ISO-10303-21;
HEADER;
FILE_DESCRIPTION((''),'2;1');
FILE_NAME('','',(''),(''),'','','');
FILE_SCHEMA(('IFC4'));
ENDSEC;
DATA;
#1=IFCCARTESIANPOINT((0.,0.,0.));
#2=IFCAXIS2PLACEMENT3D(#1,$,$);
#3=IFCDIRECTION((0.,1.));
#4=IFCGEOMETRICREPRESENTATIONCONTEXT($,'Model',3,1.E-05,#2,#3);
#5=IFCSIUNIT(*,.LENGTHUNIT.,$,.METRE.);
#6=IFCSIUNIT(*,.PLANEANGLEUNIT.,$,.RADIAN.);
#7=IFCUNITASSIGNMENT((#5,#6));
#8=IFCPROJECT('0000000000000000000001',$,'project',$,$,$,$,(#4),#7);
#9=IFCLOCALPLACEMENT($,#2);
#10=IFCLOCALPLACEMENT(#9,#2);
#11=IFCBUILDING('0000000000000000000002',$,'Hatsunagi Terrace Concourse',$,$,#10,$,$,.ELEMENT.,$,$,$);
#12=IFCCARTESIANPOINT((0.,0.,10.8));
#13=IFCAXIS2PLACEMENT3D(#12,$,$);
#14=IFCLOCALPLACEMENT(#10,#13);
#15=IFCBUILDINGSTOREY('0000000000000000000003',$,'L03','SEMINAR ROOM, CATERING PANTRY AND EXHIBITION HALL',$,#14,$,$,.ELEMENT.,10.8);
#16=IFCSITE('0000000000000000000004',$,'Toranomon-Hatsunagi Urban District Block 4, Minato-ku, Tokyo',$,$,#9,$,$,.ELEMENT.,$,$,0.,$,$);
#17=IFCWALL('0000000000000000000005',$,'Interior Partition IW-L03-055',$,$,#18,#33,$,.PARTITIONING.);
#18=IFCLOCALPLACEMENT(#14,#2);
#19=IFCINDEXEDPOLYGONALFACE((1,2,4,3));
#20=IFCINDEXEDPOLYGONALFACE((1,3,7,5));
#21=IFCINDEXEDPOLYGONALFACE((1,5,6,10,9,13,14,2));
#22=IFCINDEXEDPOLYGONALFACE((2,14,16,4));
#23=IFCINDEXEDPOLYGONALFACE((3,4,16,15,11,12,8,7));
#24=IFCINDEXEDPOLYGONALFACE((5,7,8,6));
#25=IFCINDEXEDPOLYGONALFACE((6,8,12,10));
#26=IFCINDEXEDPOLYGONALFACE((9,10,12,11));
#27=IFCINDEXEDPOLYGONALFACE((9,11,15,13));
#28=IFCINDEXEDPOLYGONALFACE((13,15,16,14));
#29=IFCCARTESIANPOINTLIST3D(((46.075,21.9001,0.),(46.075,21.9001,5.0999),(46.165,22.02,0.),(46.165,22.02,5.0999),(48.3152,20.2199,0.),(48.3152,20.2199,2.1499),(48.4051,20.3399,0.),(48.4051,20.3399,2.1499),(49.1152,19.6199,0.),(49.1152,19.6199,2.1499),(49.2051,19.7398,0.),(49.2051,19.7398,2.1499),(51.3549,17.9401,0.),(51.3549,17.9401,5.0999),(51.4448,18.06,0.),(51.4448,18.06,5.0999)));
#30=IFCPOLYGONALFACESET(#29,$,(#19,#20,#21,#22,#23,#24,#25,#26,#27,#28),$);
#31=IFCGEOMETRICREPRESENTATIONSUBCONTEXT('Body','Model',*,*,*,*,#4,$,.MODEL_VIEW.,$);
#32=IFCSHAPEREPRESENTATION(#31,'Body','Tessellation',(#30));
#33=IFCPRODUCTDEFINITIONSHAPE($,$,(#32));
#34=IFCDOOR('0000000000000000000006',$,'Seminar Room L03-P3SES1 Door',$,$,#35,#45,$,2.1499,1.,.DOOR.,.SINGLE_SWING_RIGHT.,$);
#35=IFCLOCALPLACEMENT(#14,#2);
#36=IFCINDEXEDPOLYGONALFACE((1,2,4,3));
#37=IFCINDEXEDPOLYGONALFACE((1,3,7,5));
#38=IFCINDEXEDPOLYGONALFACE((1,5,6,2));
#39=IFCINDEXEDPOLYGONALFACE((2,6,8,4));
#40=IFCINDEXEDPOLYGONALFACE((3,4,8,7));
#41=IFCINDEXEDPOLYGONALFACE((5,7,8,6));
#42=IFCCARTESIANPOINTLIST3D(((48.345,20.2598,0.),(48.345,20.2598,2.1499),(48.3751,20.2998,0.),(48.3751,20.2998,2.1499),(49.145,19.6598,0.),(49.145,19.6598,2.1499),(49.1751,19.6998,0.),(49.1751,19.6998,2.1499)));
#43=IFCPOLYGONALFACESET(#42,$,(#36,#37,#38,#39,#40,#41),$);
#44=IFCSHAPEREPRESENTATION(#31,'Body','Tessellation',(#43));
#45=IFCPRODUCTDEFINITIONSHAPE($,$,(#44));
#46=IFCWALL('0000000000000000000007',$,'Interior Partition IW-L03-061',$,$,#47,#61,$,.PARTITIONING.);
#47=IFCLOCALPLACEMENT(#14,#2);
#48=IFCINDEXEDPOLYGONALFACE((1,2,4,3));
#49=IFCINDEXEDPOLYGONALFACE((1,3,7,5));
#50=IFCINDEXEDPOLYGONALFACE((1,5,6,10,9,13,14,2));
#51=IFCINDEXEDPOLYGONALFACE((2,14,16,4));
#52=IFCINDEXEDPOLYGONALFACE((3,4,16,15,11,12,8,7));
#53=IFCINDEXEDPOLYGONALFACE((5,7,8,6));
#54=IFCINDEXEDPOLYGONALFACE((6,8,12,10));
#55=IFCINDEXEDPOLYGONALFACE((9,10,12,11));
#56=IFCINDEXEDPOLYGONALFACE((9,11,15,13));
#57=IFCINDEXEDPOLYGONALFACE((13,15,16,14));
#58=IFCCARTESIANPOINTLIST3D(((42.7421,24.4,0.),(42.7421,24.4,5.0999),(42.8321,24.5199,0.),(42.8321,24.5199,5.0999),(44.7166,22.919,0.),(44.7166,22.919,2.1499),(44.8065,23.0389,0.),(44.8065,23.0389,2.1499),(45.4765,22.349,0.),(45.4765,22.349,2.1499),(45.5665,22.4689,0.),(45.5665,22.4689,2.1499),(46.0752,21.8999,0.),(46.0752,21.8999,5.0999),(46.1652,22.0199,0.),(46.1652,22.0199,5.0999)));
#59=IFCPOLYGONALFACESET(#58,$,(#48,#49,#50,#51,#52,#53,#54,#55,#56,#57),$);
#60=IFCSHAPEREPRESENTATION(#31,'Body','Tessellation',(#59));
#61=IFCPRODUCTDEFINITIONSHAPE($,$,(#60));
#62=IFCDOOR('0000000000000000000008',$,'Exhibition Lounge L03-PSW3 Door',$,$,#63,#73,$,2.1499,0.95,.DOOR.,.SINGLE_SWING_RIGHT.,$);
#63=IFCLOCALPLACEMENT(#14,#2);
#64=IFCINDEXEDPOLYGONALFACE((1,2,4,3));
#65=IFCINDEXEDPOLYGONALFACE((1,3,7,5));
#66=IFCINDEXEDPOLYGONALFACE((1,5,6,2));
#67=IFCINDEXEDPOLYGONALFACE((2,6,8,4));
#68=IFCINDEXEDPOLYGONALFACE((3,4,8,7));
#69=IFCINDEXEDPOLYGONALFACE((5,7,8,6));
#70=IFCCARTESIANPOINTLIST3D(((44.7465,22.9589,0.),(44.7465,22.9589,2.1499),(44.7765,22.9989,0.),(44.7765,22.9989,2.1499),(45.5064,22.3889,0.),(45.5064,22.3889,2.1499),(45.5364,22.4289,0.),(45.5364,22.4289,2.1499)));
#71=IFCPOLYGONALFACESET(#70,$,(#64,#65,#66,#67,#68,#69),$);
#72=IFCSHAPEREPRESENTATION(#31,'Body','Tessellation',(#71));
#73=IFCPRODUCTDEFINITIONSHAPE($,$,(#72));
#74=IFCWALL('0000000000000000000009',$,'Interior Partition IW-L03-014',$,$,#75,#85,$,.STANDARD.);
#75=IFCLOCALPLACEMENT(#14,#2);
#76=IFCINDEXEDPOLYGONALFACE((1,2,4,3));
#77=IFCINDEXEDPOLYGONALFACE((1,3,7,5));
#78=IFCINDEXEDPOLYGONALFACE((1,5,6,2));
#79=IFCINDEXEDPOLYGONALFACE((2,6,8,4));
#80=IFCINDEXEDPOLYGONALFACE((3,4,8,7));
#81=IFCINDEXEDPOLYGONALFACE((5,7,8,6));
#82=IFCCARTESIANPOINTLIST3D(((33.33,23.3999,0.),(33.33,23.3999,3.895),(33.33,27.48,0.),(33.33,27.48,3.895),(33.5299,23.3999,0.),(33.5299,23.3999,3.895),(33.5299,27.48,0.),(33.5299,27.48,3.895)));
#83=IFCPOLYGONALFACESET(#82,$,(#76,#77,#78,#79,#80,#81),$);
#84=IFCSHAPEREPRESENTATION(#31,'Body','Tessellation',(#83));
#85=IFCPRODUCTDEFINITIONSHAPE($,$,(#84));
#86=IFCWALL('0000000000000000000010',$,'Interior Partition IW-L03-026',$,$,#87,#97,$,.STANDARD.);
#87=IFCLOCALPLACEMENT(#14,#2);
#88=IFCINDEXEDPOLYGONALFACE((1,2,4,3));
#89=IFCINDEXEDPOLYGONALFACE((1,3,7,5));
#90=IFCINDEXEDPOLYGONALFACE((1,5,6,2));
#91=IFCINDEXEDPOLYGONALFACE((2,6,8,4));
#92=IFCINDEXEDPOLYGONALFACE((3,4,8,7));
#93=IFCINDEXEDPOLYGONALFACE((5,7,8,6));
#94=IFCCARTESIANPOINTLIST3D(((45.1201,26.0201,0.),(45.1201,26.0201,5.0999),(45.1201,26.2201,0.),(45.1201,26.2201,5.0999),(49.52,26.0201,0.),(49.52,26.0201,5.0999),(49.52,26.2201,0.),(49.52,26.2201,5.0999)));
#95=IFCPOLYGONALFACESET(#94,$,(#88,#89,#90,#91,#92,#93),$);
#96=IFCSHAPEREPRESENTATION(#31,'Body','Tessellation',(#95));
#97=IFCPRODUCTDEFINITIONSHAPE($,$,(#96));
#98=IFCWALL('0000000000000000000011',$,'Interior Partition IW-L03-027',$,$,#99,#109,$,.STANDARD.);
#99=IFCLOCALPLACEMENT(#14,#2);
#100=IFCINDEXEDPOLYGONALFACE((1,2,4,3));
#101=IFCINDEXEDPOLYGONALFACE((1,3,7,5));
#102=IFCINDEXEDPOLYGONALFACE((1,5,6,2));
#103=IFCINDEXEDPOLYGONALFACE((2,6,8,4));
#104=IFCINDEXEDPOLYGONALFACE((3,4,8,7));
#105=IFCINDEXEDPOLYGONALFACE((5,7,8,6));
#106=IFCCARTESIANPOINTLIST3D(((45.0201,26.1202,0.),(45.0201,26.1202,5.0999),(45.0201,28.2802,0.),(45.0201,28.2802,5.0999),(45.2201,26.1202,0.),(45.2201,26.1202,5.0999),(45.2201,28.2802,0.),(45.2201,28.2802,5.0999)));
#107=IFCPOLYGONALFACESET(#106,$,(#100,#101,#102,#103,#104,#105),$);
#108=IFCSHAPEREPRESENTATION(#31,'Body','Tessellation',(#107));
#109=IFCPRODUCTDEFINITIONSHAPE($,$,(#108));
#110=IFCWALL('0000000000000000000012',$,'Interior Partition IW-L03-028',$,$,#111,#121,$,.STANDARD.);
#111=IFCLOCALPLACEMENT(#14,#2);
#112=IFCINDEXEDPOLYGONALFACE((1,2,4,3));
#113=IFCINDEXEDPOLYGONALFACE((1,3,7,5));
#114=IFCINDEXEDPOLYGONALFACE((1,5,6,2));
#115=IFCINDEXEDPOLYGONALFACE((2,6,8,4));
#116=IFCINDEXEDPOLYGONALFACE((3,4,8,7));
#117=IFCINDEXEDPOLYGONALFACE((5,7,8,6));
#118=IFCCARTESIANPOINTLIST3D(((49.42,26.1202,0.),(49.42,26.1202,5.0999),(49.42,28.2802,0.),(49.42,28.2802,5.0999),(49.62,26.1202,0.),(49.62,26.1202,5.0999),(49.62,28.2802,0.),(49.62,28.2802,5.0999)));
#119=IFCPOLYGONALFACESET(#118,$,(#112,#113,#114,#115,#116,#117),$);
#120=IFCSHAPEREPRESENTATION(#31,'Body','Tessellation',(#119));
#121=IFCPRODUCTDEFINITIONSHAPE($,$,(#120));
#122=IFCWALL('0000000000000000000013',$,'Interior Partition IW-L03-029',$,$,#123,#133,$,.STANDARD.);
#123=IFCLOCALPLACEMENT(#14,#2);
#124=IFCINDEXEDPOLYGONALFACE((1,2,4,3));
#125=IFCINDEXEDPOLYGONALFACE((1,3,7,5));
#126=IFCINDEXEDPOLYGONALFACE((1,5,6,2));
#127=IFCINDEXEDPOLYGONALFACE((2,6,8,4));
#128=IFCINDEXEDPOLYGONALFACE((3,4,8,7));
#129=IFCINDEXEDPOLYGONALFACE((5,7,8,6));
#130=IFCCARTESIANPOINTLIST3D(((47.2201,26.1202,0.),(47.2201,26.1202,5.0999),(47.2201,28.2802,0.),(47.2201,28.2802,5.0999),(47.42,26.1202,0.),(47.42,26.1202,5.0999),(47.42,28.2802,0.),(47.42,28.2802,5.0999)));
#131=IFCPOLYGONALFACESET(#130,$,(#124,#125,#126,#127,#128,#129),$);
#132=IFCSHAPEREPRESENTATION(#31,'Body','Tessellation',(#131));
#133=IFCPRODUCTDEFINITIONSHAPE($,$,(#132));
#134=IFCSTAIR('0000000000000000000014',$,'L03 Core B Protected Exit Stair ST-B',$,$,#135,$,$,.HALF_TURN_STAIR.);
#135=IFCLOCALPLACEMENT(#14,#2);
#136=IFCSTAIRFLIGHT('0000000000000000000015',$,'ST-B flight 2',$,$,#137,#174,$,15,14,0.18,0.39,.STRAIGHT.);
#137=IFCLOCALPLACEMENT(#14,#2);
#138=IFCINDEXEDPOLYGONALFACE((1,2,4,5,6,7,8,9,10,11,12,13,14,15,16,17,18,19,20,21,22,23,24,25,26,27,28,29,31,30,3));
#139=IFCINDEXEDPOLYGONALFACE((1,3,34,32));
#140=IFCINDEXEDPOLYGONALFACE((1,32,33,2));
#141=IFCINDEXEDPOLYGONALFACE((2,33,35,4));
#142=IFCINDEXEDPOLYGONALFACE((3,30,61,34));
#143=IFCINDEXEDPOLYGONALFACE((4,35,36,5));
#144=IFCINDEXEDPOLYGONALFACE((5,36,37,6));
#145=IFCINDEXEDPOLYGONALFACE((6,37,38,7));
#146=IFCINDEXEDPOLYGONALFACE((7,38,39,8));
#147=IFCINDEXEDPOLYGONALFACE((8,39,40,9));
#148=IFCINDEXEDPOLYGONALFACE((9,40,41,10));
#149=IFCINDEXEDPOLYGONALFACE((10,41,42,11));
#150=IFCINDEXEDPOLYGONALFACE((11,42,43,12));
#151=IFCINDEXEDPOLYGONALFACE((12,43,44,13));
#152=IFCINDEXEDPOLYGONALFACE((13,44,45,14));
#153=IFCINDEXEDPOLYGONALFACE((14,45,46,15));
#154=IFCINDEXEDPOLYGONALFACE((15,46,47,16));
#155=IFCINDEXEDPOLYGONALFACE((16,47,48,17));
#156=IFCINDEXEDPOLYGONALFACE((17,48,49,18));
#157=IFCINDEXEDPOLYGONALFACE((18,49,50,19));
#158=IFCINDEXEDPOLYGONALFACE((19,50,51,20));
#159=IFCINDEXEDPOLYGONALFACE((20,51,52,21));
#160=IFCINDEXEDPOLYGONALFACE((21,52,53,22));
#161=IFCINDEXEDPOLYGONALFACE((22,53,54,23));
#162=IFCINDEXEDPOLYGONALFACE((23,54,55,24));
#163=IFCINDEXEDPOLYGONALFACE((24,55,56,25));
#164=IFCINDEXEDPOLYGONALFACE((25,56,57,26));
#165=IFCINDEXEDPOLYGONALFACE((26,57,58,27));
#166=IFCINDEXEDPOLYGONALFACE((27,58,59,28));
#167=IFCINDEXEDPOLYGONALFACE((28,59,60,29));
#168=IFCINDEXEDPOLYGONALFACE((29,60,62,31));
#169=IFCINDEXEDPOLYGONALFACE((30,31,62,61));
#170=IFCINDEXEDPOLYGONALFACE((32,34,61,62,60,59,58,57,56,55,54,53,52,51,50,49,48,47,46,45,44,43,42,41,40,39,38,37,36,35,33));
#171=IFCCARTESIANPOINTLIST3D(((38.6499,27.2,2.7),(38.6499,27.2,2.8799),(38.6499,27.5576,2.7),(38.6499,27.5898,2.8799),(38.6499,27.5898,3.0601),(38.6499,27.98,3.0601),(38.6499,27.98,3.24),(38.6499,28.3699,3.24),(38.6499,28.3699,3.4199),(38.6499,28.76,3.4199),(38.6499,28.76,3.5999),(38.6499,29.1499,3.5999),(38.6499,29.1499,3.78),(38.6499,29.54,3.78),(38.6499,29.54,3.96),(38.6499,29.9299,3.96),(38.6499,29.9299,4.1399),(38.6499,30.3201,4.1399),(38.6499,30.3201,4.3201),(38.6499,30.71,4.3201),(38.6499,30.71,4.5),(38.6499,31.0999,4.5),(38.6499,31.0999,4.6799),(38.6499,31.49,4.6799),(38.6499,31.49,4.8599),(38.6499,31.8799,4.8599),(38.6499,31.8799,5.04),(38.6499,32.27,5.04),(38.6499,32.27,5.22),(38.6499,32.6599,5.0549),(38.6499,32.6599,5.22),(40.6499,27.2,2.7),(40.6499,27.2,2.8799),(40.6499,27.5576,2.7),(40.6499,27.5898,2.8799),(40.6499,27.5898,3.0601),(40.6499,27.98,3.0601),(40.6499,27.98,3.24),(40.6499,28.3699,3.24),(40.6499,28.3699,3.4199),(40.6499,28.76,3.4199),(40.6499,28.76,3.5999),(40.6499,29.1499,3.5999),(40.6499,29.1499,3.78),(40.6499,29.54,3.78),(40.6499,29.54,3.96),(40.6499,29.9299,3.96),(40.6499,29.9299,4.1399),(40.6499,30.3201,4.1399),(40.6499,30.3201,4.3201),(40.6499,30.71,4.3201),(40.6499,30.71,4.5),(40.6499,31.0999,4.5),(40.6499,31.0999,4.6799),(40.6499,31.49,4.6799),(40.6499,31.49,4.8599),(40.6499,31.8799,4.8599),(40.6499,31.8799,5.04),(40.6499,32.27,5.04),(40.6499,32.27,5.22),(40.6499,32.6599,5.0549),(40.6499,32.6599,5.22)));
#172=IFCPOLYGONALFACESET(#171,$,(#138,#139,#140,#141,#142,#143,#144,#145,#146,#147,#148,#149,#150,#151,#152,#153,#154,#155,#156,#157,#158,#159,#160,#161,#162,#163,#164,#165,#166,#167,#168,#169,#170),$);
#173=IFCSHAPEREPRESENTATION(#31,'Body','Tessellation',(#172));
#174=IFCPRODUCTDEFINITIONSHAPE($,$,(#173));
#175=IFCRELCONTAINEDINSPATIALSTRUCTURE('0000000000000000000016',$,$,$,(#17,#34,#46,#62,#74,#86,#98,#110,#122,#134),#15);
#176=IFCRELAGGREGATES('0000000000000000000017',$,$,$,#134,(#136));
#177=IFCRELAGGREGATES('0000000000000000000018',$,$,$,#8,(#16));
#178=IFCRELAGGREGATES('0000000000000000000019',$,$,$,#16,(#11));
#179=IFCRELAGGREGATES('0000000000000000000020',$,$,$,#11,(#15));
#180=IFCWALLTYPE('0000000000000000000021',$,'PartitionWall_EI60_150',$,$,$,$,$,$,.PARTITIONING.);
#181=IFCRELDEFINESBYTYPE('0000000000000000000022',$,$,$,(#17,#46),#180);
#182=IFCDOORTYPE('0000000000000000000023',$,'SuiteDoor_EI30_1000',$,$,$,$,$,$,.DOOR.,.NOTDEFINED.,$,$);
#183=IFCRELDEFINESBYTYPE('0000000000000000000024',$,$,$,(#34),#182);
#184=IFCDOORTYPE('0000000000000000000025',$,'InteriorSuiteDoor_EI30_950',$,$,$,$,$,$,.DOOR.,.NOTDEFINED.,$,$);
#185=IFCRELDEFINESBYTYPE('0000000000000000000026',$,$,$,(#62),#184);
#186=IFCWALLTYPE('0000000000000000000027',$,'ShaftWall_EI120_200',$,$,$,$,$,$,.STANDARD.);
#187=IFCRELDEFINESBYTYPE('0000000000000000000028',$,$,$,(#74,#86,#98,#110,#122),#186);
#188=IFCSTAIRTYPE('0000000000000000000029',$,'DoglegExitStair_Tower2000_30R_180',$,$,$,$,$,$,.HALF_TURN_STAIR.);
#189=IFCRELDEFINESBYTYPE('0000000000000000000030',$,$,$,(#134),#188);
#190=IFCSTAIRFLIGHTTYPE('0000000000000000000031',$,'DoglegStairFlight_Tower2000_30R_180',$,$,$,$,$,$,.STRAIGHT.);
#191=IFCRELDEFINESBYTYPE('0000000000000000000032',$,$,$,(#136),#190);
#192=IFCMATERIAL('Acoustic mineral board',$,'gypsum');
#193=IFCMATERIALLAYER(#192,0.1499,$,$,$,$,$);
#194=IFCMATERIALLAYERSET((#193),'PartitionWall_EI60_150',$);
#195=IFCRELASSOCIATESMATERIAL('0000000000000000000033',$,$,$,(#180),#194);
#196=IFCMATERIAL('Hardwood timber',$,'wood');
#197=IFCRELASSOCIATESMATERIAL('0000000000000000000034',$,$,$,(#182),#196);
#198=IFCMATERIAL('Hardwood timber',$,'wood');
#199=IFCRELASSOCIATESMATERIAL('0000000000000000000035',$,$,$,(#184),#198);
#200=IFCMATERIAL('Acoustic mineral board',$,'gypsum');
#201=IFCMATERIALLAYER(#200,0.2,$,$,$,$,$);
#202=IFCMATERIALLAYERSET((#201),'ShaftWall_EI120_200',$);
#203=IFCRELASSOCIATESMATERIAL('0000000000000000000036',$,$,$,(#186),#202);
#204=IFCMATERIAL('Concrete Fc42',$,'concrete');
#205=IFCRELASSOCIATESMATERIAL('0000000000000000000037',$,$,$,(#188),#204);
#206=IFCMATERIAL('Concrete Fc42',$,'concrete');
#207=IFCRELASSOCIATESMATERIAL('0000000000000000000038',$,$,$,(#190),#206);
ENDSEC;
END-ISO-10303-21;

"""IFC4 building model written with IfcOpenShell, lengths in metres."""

from ifc_helpers import new_model, si_unit, direction, frame, frame_2d, origin, place, context, subcontext, project, spatial, polyline, rectangle, outline, extrude, material, layer, layer_set, type_object, element, fill, aggregate, save


model = new_model("IFC4")

# Units and contexts
model_context = context("Model", 3, precision=1e-05, world=origin(), true_north=direction((0.0, 1.0)))
body_context = subcontext(model_context, "Body", "Model", "MODEL_VIEW")
ifc_project = project(units=[si_unit("LENGTHUNIT", "METRE"), si_unit("PLANEANGLEUNIT", "RADIAN")], contexts=[model_context])

# Site, building, storey
site_placement = place(None, origin())
site = spatial("IfcSite", under=ifc_project, at=site_placement, Name="Toranomon-Hatsunagi Urban District Block 4, Minato-ku, Tokyo", CompositionType="ELEMENT", RefElevation=0.0)
building_placement = place(site_placement, origin())
building = spatial("IfcBuilding", under=site, at=building_placement, Name="Hatsunagi Terrace Concourse", CompositionType="ELEMENT")
storey_placement = place(building_placement, frame((0.0, 0.0, 10.8)))
storey = spatial("IfcBuildingStorey", under=building, at=storey_placement, Name="L03", Description="SEMINAR ROOM, CATERING PANTRY AND EXHIBITION HALL", CompositionType="ELEMENT", Elevation=10.8)

# Shared definitions
ifc_material_1 = material(Name="Acoustic mineral board", Category="gypsum")
ifc_layer_1 = layer(ifc_material_1, 0.1499)
ifc_layer_set_1 = layer_set([ifc_layer_1], Name="PartitionWall_EI60_150")
wall_type_1 = type_object("IfcWallType", Name="PartitionWall_EI60_150", PredefinedType="PARTITIONING", material=ifc_layer_set_1)

# Walls, openings, doors
wall_1_placement = place(storey_placement, frame((46.1201, 21.96, 0.0), z_axis=(0.0, 0.0, 1.0), x_axis=(0.799991, -0.600012, 0.0)))
wall_1 = element("IfcWall", 1, at=wall_1_placement, inside=storey, type_object=wall_type_1, Name="Interior Partition IW-L03-055", PredefinedType="PARTITIONING", context=body_context, shape_type="SweptSolid", body=[
    extrude(rectangle(XDim=6.5999, YDim=0.1499, at=frame_2d((3.2998, 0.0))), origin(), (0.0, 0.0, 1.0), 5.0999),
])
opening_1_placement = place(wall_1_placement, frame((2.8, 0.0, 0.0)))
opening_1 = element("IfcOpeningElement", 2, at=opening_1_placement, cuts=wall_1, PredefinedType="OPENING", context=body_context, shape_type="SweptSolid", body=[
    extrude(rectangle(XDim=1.0, YDim=2.1499, at=frame_2d((0.5, 1.075))), frame((0.0, 0.085, 0.0), z_axis=(0.0, -1.0, 0.0), x_axis=(1.0, 0.0, 0.0)), (0.0, 0.0, 1.0), 0.1699),
])
ifc_material_2 = material(Name="Hardwood timber", Category="wood")
door_type_1 = type_object("IfcDoorType", Name="SuiteDoor_EI30_1000", OperationType="NOTDEFINED", PredefinedType="DOOR", material=ifc_material_2)
door_1_placement = place(opening_1_placement, origin())
door_1 = element("IfcDoor", 3, at=door_1_placement, inside=storey, type_object=door_type_1, Name="Seminar Room L03-P3SES1 Door", OperationType="SINGLE_SWING_RIGHT", OverallHeight=2.1499, OverallWidth=1.0, PredefinedType="DOOR", context=body_context, shape_type="SweptSolid", body=[
    extrude(rectangle(XDim=1.0, YDim=2.1499, at=frame_2d((0.5, 1.075))), frame((0.0, 0.0249, 0.0), z_axis=(0.0, -1.0, 0.0), x_axis=(1.0, 0.0, 0.0)), (0.0, 0.0, 1.0), 0.05),
])
fill(opening_1, door_1)
wall_2_placement = place(storey_placement, frame((42.7871, 24.46, 0.0), z_axis=(0.0, 0.0, 1.0), x_axis=(0.799972, -0.600038, 0.0)))
wall_2 = element("IfcWall", 4, at=wall_2_placement, inside=storey, type_object=wall_type_1, Name="Interior Partition IW-L03-061", PredefinedType="PARTITIONING", context=body_context, shape_type="SweptSolid", body=[
    extrude(rectangle(XDim=4.1665, YDim=0.1499, at=frame_2d((2.0833, 0.0))), origin(), (0.0, 0.0, 1.0), 5.0999),
])
opening_2_placement = place(wall_2_placement, frame((2.468, 0.0, 0.0)))
opening_2 = element("IfcOpeningElement", 5, at=opening_2_placement, cuts=wall_2, PredefinedType="OPENING", context=body_context, shape_type="SweptSolid", body=[
    extrude(rectangle(XDim=0.95, YDim=2.1499, at=frame_2d((0.4751, 1.075))), frame((0.0, 0.085, 0.0), z_axis=(0.0, -1.0, 0.0), x_axis=(1.0, 0.0, 0.0)), (0.0, 0.0, 1.0), 0.1699),
])
ifc_material_3 = material(Name="Hardwood timber", Category="wood")
door_type_2 = type_object("IfcDoorType", Name="InteriorSuiteDoor_EI30_950", OperationType="NOTDEFINED", PredefinedType="DOOR", material=ifc_material_3)
door_2_placement = place(opening_2_placement, origin())
door_2 = element("IfcDoor", 6, at=door_2_placement, inside=storey, type_object=door_type_2, Name="Exhibition Lounge L03-PSW3 Door", OperationType="SINGLE_SWING_RIGHT", OverallHeight=2.1499, OverallWidth=0.95, PredefinedType="DOOR", context=body_context, shape_type="SweptSolid", body=[
    extrude(rectangle(XDim=0.95, YDim=2.1499, at=frame_2d((0.4751, 1.075))), frame((0.0, 0.0249, 0.0), z_axis=(0.0, -1.0, 0.0), x_axis=(1.0, 0.0, 0.0)), (0.0, 0.0, 1.0), 0.05),
])
fill(opening_2, door_2)

# Walls
ifc_material_4 = material(Name="Acoustic mineral board", Category="gypsum")
ifc_layer_2 = layer(ifc_material_4, 0.2)
ifc_layer_set_2 = layer_set([ifc_layer_2], Name="ShaftWall_EI120_200")
wall_type_2 = type_object("IfcWallType", Name="ShaftWall_EI120_200", PredefinedType="STANDARD", material=ifc_layer_set_2)
wall_3_placement = place(storey_placement, frame((33.4299, 23.3999, 0.0), z_axis=(0.0, 0.0, 1.0), x_axis=(0.0, 1.0, 0.0)))
element("IfcWall", 7, at=wall_3_placement, inside=storey, type_object=wall_type_2, Name="Interior Partition IW-L03-014", PredefinedType="STANDARD", context=body_context, shape_type="SweptSolid", body=[
    extrude(rectangle(XDim=4.0801, YDim=0.2, at=frame_2d((2.04, 0.0))), origin(), (0.0, 0.0, 1.0), 3.895),
])
wall_4_placement = place(storey_placement, frame((45.1201, 26.1201, 0.0), z_axis=(0.0, 0.0, 1.0), x_axis=(1.0, 0.0, 0.0)))
element("IfcWall", 8, at=wall_4_placement, inside=storey, type_object=wall_type_2, Name="Interior Partition IW-L03-026", PredefinedType="STANDARD", context=body_context, shape_type="SweptSolid", body=[
    extrude(rectangle(XDim=4.3999, YDim=0.2, at=frame_2d((2.2, 0.0))), origin(), (0.0, 0.0, 1.0), 5.0999),
])
for number, where, z_axis, x_axis, name in (
    (9, (45.1201, 26.1201, 0.0), (0.0, 0.0, 1.0), (0.0, 1.0, 0.0), "Interior Partition IW-L03-027"),
    (10, (49.52, 26.1201, 0.0), (0.0, 0.0, 1.0), (0.0, 1.0, 0.0), "Interior Partition IW-L03-028"),
    (11, (47.3201, 26.1201, 0.0), (0.0, 0.0, 1.0), (0.0, 1.0, 0.0), "Interior Partition IW-L03-029"),
):
    element("IfcWall", number, at=place(storey_placement, frame(where, z_axis=z_axis, x_axis=x_axis)), inside=storey, type_object=wall_type_2, Name=name, PredefinedType="STANDARD", context=body_context, shape_type="SweptSolid", body=[
        extrude(rectangle(XDim=2.1599, YDim=0.2, at=frame_2d((1.0801, 0.0))), origin(), (0.0, 0.0, 1.0), 5.0999),
    ])

# Stair, stair flight
ifc_material_5 = material(Name="Concrete Fc42", Category="concrete")
stair_type = type_object("IfcStairType", Name="DoglegExitStair_Tower2000_30R_180", PredefinedType="HALF_TURN_STAIR", material=ifc_material_5)
stair_placement = place(storey_placement, origin())
stair = element("IfcStair", 12, at=stair_placement, inside=storey, type_object=stair_type, Name="L03 Core B Protected Exit Stair ST-B", PredefinedType="HALF_TURN_STAIR")
ifc_material_6 = material(Name="Concrete Fc42", Category="concrete")
stair_flight_type = type_object("IfcStairFlightType", Name="DoglegStairFlight_Tower2000_30R_180", PredefinedType="STRAIGHT", material=ifc_material_6)
stair_flight_placement = place(storey_placement, frame((39.6499, 27.2, 2.7), z_axis=(0.0, 0.0, 1.0), x_axis=(0.0, 1.0, 0.0)))
stair_flight = element("IfcStairFlight", 13, at=stair_flight_placement, type_object=stair_flight_type, Name="ST-B flight 2", NumberOfRisers=15, NumberOfTreads=14, PredefinedType="STRAIGHT", RiserHeight=0.18, TreadLength=0.39, context=body_context, shape_type="SweptSolid", body=[
    extrude(outline(polyline([(0.0, 0.0), (0.0, 0.1799), (0.3899, 0.1799), (0.3899, 0.3601), (0.78, 0.3601), (0.78, 0.54), (1.1699, 0.54), (1.1699, 0.72), (1.5601, 0.72), (1.5601, 0.8999), (1.95, 0.8999), (1.95, 1.0801), (2.3401, 1.0801), (2.3401, 1.26), (2.73, 1.26), (2.73, 1.4399), (3.1201, 1.4399), (3.1201, 1.6201), (3.51, 1.6201), (3.51, 1.8), (3.8999, 1.8), (3.8999, 1.98), (4.29, 1.98), (4.29, 2.1599), (4.6799, 2.1599), (4.6799, 2.3401), (5.0701, 2.3401), (5.0701, 2.52), (5.46, 2.52), (5.46, 2.7), (5.46, 2.355), (0.3577, 0.0), (0.0, 0.0)])), frame((0.0, 1.0, 0.0), z_axis=(0.0, -1.0, 0.0), x_axis=(1.0, 0.0, 0.0)), (0.0, 0.0, 1.0), 2.0),
])
aggregate(stair, [stair_flight])

save(model, "model.ifc")
